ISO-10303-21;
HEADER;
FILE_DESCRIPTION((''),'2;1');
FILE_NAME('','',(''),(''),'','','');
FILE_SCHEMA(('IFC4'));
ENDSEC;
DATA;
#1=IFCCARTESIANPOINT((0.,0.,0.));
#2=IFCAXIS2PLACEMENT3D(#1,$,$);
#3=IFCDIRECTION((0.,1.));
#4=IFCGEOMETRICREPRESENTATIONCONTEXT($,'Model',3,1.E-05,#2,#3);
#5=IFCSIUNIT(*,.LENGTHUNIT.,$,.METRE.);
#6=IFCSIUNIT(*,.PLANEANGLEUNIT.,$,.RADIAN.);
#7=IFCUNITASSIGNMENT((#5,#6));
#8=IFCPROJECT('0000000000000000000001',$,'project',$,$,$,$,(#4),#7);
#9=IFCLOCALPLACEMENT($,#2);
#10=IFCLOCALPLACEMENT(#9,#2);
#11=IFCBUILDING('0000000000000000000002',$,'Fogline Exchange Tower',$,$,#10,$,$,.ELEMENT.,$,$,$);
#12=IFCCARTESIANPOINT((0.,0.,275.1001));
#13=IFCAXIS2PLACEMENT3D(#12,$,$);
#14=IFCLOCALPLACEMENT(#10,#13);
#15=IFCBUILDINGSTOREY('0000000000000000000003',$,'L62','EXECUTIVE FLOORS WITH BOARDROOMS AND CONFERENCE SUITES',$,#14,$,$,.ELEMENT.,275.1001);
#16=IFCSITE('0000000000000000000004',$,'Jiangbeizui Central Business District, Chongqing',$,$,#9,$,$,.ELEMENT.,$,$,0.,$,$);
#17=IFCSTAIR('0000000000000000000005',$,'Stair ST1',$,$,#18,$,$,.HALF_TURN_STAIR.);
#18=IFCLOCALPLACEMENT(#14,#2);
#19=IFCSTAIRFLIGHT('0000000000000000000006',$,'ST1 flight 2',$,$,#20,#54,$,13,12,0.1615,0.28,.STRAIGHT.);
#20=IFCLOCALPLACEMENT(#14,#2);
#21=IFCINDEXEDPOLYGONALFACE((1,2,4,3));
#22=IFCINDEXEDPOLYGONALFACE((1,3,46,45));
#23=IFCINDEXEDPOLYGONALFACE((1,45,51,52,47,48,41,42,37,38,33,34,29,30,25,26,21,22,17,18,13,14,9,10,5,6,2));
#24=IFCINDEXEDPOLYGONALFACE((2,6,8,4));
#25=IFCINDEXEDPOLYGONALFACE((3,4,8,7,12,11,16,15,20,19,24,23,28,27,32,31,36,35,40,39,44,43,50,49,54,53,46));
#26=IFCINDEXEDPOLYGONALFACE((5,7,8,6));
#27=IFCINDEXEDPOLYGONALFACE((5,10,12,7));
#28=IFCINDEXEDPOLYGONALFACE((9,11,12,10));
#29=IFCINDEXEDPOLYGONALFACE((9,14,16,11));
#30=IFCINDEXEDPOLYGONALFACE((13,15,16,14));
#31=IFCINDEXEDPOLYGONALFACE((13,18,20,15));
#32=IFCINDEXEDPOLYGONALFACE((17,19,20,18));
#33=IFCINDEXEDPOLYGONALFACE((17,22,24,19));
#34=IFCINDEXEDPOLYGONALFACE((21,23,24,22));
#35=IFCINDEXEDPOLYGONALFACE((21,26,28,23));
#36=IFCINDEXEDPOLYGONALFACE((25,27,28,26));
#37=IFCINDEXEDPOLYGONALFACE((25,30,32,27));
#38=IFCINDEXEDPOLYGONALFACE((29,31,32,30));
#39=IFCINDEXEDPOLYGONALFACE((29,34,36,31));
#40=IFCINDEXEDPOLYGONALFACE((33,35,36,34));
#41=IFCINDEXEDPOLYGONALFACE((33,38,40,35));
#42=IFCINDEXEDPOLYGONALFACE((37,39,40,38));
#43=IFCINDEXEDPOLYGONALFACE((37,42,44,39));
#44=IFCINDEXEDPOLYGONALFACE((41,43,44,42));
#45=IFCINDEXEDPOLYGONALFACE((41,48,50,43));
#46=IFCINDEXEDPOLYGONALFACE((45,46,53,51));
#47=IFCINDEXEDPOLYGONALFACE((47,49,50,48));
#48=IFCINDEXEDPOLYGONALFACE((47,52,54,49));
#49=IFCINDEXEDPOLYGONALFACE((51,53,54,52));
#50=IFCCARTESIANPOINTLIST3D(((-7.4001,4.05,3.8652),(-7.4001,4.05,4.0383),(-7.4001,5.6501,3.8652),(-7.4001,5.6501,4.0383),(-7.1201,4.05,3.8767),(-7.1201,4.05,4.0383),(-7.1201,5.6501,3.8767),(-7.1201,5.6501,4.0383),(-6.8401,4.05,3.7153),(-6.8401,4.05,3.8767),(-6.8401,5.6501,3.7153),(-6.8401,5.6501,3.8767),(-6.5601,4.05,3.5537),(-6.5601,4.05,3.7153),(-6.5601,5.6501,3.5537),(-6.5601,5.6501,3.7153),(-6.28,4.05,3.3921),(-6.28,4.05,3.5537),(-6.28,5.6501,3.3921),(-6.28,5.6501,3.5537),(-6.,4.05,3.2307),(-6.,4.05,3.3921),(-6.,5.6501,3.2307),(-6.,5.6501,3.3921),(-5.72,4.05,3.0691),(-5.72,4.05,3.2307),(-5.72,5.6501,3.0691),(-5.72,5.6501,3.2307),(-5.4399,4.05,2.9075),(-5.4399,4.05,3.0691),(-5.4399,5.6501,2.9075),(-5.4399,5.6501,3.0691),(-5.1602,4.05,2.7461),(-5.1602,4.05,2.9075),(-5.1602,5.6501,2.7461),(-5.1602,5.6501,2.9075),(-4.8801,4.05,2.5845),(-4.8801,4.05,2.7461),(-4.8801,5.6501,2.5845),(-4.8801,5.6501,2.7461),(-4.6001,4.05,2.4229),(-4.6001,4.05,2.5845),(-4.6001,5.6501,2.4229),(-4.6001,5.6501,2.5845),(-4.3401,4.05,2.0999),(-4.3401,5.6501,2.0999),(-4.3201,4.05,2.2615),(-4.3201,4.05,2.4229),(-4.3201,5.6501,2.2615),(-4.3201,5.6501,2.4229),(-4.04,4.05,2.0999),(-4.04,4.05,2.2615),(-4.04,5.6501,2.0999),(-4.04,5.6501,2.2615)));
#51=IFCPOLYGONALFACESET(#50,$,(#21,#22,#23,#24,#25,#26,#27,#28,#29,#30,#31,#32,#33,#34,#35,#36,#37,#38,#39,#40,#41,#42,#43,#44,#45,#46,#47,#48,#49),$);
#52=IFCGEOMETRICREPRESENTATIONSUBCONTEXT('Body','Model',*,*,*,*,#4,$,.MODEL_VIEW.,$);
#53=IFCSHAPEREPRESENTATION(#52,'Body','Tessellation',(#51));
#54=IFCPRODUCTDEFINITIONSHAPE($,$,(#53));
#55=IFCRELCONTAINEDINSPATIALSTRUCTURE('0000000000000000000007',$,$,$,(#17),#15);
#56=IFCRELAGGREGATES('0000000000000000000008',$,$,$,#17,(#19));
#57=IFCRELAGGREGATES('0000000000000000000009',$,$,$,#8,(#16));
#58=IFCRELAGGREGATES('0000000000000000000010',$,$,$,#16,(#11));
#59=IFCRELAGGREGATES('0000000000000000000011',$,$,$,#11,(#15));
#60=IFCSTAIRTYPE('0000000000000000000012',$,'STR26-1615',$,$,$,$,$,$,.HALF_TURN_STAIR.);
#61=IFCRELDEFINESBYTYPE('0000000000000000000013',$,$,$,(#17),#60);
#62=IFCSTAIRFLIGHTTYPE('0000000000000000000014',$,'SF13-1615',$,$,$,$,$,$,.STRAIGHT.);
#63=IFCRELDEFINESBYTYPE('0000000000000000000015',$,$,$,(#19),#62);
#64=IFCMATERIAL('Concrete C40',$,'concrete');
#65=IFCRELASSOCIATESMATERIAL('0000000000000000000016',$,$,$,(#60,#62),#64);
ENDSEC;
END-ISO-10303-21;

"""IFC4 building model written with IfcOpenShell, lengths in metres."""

from ifc_helpers import new_model, si_unit, direction, frame, origin, place, context, subcontext, project, spatial, polyline, outline, extrude, material, type_object, element, aggregate, save


model = new_model("IFC4")

# Units and contexts
model_context = context("Model", 3, precision=1e-05, world=origin(), true_north=direction((0.0, 1.0)))
body_context = subcontext(model_context, "Body", "Model", "MODEL_VIEW")
ifc_project = project(units=[si_unit("LENGTHUNIT", "METRE"), si_unit("PLANEANGLEUNIT", "RADIAN")], contexts=[model_context])

# Site, building, storey
site_placement = place(None, origin())
site = spatial("IfcSite", under=ifc_project, at=site_placement, Name="Jiangbeizui Central Business District, Chongqing", CompositionType="ELEMENT", RefElevation=0.0)
building_placement = place(site_placement, origin())
building = spatial("IfcBuilding", under=site, at=building_placement, Name="Fogline Exchange Tower", CompositionType="ELEMENT")
storey_placement = place(building_placement, frame((0.0, 0.0, 275.1001)))
storey = spatial("IfcBuildingStorey", under=building, at=storey_placement, Name="L62", Description="EXECUTIVE FLOORS WITH BOARDROOMS AND CONFERENCE SUITES", CompositionType="ELEMENT", Elevation=275.1001)

# Shared definitions
ifc_material_1 = material(Name="Concrete C40", Category="concrete")

# Stair, stair flight
stair_type = type_object("IfcStairType", Name="STR26-1615", PredefinedType="HALF_TURN_STAIR", material=ifc_material_1)
stair_placement = place(storey_placement, origin())
stair = element("IfcStair", 1, at=stair_placement, inside=storey, type_object=stair_type, Name="Stair ST1", PredefinedType="HALF_TURN_STAIR")
stair_flight_type = type_object("IfcStairFlightType", Name="SF13-1615", PredefinedType="STRAIGHT", material=ifc_material_1)
stair_flight_1_placement = place(storey_placement, frame((-4.04, 4.8501, 2.0999), z_axis=(0.0, 0.0, 1.0), x_axis=(-1.0, 0.0, 0.0)))
stair_flight_1 = element("IfcStairFlight", 2, at=stair_flight_1_placement, type_object=stair_flight_type, Name="ST1 flight 2", NumberOfRisers=13, NumberOfTreads=12, PredefinedType="STRAIGHT", RiserHeight=0.1615, TreadLength=0.28, context=body_context, shape_type="SweptSolid", body=[
    extrude(outline(polyline([(0.0, 0.0), (0.0, 0.1616), (0.28, 0.1616), (0.28, 0.323), (0.5601, 0.323), (0.5601, 0.4846), (0.8401, 0.4846), (0.8401, 0.6462), (1.1201, 0.6462), (1.1201, 0.8076), (1.3999, 0.8076), (1.3999, 0.9692), (1.6799, 0.9692), (1.6799, 1.1309), (1.96, 1.1309), (1.96, 1.2922), (2.24, 1.2922), (2.24, 1.4539), (2.52, 1.4539), (2.52, 1.6155), (2.8, 1.6155), (2.8, 1.7769), (3.0801, 1.7769), (3.0801, 1.9385), (3.3601, 1.9385), (3.3601, 2.1001), (3.3601, 1.7654), (0.3, 0.0), (0.0, 0.0)])), frame((0.0, 0.8, 0.0), z_axis=(0.0, -1.0, 0.0), x_axis=(1.0, 0.0, 0.0)), (0.0, 0.0, 1.0), 1.6001),
])
aggregate(stair, [stair_flight_1])

save(model, "model.ifc")
